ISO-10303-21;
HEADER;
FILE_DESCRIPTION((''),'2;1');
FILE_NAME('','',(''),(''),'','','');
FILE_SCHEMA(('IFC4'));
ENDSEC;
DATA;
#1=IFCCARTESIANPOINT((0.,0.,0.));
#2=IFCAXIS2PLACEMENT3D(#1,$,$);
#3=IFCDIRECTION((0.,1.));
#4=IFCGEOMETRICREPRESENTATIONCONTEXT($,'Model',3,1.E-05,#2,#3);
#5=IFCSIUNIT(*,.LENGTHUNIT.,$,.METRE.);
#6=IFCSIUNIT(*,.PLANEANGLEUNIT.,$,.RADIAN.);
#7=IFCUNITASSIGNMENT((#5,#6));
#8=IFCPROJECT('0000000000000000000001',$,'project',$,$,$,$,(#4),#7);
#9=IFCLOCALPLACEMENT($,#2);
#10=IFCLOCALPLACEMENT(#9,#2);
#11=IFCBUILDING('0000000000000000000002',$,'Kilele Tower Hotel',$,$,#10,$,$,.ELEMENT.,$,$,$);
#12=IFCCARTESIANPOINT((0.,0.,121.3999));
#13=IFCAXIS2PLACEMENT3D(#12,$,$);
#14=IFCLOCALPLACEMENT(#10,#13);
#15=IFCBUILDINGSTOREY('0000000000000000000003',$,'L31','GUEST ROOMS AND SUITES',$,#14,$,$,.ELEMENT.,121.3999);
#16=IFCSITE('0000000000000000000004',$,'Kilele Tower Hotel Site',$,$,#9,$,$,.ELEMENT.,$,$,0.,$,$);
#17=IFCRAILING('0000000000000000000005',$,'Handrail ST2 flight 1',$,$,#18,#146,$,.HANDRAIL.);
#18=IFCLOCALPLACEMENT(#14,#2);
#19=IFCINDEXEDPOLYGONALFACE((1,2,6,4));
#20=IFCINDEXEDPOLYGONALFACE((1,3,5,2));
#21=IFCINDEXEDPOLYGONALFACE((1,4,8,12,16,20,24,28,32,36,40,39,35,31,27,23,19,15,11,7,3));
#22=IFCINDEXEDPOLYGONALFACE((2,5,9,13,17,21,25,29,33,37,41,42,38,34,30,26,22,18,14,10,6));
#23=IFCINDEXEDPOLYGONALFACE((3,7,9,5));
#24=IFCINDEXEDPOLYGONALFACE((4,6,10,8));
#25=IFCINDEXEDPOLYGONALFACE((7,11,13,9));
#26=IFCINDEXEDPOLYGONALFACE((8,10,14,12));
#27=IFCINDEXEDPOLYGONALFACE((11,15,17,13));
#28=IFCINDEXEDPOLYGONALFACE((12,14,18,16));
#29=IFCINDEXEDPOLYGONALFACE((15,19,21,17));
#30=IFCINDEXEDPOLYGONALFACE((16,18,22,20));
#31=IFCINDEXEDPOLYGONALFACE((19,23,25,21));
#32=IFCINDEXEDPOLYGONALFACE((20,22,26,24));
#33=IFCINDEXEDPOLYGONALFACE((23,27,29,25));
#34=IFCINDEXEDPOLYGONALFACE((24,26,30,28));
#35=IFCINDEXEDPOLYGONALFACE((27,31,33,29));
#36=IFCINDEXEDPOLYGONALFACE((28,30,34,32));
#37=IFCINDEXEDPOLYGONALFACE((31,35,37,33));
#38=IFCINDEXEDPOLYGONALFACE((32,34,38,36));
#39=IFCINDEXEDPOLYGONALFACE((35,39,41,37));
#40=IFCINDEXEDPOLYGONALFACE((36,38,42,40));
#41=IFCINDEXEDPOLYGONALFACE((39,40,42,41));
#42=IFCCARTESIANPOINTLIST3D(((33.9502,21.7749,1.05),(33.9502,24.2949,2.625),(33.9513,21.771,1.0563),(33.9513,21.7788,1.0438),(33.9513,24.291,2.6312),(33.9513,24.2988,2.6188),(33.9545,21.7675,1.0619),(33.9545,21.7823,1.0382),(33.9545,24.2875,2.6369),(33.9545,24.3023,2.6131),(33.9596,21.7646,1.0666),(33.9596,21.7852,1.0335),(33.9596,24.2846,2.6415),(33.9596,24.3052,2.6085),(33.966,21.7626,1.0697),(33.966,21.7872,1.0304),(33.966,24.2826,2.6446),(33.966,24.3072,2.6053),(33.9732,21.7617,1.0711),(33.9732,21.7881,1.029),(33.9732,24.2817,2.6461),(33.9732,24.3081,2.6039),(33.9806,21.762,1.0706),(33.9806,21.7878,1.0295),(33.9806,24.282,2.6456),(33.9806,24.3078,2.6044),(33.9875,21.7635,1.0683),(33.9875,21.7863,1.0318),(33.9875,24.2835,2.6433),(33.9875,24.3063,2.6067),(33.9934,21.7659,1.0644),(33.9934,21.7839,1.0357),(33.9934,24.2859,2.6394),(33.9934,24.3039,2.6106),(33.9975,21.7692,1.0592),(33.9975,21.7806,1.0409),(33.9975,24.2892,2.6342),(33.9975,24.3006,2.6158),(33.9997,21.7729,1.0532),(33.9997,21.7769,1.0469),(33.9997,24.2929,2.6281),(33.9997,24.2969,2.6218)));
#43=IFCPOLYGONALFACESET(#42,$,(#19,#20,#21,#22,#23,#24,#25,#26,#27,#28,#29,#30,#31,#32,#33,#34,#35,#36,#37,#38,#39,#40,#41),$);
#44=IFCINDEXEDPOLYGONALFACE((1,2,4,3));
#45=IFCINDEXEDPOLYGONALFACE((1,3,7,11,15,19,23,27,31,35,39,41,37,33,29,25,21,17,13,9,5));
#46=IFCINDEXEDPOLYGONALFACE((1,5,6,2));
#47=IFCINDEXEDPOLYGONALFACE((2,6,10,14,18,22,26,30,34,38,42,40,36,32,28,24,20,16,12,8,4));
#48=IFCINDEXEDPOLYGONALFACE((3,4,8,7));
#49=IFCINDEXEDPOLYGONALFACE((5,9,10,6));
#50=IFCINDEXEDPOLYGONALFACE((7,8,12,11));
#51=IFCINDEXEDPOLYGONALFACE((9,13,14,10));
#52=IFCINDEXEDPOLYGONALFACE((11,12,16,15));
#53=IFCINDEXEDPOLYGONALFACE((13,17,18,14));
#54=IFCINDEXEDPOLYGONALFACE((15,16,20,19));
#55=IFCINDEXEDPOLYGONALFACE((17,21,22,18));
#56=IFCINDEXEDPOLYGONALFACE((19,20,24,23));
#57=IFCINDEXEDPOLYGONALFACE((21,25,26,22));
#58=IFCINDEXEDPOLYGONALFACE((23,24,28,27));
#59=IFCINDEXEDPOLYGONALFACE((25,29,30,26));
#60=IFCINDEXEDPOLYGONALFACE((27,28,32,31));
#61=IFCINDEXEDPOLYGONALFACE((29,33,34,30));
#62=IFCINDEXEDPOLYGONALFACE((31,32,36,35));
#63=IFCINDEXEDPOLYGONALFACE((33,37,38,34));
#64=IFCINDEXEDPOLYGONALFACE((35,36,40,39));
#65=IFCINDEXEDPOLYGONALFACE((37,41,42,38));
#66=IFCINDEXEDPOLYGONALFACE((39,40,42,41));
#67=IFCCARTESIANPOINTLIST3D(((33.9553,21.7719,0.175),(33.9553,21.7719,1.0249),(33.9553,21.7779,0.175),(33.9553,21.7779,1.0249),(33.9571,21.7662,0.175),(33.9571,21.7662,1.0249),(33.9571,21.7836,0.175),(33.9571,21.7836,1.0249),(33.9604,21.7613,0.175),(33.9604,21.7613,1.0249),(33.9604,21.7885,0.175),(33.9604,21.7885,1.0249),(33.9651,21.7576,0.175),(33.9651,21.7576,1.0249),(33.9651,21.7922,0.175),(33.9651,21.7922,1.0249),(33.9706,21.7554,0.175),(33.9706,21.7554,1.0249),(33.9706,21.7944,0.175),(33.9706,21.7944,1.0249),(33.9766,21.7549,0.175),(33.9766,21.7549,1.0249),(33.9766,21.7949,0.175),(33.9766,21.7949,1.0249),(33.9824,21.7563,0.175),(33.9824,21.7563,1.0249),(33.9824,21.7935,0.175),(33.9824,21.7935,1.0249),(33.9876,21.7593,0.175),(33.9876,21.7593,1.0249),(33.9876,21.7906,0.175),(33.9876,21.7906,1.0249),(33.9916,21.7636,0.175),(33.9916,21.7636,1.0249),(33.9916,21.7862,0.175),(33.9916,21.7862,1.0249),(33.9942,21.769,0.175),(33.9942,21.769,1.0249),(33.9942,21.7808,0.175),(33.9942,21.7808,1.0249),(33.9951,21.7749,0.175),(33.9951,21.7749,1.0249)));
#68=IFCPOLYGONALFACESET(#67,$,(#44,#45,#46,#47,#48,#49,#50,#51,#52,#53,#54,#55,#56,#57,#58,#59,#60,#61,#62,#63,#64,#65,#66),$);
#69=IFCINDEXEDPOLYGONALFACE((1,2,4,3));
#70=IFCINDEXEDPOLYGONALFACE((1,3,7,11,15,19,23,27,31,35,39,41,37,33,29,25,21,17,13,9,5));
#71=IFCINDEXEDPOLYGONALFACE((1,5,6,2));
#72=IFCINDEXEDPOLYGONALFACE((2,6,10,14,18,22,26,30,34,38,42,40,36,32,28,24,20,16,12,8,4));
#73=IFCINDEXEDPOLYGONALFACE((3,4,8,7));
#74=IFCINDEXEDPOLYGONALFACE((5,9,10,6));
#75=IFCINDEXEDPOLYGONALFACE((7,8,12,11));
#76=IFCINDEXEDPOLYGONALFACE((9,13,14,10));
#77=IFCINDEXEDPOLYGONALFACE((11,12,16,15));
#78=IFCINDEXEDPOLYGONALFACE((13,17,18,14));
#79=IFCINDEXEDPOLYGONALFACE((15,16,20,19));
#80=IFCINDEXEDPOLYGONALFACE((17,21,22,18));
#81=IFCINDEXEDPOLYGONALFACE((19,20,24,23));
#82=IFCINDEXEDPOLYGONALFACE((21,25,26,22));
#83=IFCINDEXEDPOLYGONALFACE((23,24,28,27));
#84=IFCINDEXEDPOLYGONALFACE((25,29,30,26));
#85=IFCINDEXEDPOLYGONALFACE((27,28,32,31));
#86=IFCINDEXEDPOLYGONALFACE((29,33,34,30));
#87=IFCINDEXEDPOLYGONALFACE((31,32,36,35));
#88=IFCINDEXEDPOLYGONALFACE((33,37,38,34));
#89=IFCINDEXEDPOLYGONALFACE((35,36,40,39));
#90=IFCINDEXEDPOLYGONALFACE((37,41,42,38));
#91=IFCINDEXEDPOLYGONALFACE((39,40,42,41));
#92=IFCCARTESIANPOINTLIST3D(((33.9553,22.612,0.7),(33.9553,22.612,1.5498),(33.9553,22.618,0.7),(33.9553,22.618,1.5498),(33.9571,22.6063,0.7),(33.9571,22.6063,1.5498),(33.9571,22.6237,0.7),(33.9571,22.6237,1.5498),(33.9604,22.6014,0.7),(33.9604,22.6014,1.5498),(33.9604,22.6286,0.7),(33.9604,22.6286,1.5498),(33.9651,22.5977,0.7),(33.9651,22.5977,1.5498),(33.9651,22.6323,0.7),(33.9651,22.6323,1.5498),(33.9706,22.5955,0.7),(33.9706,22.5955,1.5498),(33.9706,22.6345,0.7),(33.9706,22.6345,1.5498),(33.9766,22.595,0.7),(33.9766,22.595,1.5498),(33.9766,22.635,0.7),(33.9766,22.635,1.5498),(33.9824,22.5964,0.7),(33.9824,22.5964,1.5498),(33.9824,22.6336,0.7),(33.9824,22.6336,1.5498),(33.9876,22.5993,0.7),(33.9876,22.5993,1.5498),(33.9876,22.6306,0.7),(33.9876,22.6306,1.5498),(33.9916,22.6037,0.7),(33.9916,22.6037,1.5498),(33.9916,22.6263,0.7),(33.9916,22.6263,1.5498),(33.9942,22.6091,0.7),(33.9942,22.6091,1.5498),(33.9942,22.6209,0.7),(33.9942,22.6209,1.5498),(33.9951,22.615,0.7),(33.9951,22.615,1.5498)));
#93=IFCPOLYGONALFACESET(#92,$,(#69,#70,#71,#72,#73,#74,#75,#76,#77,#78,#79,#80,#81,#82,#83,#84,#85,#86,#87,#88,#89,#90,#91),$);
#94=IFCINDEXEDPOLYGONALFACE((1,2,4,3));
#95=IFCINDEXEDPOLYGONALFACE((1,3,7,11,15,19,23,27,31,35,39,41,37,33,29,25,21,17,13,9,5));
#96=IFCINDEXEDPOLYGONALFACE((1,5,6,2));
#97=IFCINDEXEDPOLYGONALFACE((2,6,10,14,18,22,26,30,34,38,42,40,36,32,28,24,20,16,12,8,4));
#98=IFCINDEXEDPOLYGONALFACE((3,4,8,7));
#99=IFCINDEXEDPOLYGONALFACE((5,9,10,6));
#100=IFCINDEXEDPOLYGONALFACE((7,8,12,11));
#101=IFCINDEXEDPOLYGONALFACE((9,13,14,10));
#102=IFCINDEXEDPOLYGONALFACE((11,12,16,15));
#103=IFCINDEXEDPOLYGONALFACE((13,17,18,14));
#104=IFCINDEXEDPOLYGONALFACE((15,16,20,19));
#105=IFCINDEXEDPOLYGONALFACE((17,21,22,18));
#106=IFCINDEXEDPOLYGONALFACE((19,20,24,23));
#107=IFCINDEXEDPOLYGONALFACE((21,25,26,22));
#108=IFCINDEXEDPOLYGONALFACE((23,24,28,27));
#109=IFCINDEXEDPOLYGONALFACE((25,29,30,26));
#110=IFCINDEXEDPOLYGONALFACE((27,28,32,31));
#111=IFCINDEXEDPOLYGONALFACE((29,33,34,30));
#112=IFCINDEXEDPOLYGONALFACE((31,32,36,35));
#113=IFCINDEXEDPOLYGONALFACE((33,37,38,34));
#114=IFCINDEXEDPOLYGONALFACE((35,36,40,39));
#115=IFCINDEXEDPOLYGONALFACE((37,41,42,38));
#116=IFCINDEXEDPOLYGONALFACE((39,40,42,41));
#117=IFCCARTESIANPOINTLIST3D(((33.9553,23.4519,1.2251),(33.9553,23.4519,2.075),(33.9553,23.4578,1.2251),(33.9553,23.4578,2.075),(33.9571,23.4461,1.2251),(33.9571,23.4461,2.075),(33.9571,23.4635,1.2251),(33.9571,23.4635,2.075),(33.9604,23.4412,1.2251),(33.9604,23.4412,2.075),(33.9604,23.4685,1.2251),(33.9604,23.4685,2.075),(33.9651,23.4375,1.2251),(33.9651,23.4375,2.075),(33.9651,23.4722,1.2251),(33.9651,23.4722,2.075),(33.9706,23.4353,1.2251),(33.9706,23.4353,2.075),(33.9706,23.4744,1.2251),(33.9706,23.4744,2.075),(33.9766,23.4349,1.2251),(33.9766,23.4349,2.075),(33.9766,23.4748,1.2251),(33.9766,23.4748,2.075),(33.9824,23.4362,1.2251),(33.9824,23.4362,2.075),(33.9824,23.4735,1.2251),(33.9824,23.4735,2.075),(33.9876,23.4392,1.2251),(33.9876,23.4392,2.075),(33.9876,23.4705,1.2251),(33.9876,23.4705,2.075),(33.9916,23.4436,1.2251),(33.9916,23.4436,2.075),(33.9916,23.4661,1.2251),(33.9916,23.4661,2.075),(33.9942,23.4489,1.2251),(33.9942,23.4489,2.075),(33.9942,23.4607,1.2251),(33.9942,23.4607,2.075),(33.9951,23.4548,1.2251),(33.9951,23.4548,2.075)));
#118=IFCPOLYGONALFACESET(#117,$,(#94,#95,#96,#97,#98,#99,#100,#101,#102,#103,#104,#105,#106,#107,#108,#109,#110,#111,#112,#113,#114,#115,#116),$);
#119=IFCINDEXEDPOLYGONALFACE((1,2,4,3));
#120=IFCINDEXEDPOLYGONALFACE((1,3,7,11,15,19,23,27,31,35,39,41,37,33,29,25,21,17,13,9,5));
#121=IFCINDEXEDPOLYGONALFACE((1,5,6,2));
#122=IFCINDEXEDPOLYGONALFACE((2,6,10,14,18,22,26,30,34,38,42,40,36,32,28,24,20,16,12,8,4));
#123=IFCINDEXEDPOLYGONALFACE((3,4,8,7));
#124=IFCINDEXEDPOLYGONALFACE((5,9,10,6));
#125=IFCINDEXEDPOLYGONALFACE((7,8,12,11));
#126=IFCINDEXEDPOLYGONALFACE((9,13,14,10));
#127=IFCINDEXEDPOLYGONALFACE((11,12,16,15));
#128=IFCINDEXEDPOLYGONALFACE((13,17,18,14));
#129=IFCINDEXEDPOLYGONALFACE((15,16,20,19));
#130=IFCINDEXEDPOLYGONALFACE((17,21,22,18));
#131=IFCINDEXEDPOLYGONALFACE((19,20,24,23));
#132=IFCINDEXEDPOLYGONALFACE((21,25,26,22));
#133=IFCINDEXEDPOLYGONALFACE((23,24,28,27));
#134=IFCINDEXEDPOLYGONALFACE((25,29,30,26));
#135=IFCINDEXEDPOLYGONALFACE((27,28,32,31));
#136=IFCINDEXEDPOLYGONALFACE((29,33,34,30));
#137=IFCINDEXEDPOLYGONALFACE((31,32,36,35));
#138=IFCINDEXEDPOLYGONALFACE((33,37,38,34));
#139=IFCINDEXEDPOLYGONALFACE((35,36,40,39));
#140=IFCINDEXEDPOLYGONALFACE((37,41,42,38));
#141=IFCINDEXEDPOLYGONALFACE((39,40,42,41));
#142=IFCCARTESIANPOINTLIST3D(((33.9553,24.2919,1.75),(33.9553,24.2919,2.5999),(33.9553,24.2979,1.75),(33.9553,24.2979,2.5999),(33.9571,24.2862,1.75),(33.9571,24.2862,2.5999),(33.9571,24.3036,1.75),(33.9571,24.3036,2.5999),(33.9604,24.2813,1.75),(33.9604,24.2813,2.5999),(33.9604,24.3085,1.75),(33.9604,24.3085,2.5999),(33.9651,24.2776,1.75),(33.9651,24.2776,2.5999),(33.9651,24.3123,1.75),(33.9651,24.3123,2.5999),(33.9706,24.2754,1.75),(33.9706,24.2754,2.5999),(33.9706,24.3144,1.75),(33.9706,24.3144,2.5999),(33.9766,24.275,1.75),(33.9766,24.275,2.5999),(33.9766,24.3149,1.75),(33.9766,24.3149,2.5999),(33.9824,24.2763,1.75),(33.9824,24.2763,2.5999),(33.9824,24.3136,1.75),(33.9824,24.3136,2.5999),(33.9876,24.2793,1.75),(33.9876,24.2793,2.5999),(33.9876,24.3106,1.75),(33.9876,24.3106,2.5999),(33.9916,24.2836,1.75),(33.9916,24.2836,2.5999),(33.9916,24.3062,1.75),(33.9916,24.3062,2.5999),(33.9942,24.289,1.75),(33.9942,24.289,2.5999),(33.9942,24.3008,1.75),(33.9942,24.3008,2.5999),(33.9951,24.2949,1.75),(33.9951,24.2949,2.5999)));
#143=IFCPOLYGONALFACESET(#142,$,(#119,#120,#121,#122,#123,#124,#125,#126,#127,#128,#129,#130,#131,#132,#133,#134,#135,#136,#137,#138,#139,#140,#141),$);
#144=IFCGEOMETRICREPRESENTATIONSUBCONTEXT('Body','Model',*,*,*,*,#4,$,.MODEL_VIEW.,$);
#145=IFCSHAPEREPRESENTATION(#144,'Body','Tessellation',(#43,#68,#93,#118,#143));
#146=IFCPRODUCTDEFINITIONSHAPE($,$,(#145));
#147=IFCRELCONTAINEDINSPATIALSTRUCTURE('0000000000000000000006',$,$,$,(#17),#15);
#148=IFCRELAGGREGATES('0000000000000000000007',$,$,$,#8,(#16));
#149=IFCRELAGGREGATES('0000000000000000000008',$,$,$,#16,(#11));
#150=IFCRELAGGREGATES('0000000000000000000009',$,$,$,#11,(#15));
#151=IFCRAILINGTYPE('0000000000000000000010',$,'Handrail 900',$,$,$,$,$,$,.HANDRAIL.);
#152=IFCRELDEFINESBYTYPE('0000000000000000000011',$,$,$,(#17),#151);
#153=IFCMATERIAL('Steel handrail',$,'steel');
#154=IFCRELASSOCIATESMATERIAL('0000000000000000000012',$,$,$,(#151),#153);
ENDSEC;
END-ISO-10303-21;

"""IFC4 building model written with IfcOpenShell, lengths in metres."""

from ifc_helpers import new_model, si_unit, direction, frame, origin, origin_2d, place, context, subcontext, project, spatial, circle, extrude, material, type_object, element, save


model = new_model("IFC4")

# Units and contexts
model_context = context("Model", 3, precision=1e-05, world=origin(), true_north=direction((0.0, 1.0)))
body_context = subcontext(model_context, "Body", "Model", "MODEL_VIEW")
ifc_project = project(units=[si_unit("LENGTHUNIT", "METRE"), si_unit("PLANEANGLEUNIT", "RADIAN")], contexts=[model_context])

# Site, building, storey
site_placement = place(None, origin())
site = spatial("IfcSite", under=ifc_project, at=site_placement, Name="Kilele Tower Hotel Site", CompositionType="ELEMENT", RefElevation=0.0)
building_placement = place(site_placement, origin())
building = spatial("IfcBuilding", under=site, at=building_placement, Name="Kilele Tower Hotel", CompositionType="ELEMENT")
storey_placement = place(building_placement, frame((0.0, 0.0, 121.3999)))
storey = spatial("IfcBuildingStorey", under=building, at=storey_placement, Name="L31", Description="GUEST ROOMS AND SUITES", CompositionType="ELEMENT", Elevation=121.3999)

# Railing
ifc_material_1 = material(Name="Steel handrail", Category="steel")
railing_type_1 = type_object("IfcRailingType", Name="Handrail 900", PredefinedType="HANDRAIL", material=ifc_material_1)
for number, where, name in (
    (1, (33.9751, 21.7749, 0.175), "Handrail ST2 flight 1"),
):
    element("IfcRailing", number, at=place(storey_placement, frame(where)), inside=storey, type_object=railing_type_1, Name=name, PredefinedType="HANDRAIL", context=body_context, shape_type="SweptSolid", body=[
        extrude(circle(Radius=0.0249, at=origin_2d()), frame((0.0, 0.0, 0.875), z_axis=(0.0, 0.848008, 0.529984), x_axis=(-1.0, 0.0, 0.0)), (0.0, 0.0, 1.0), 2.9717),
        extrude(circle(Radius=0.02, at=origin_2d()), origin(), (0.0, 0.0, 1.0), 0.8499),
        extrude(circle(Radius=0.02, at=origin_2d()), frame((0.0, 0.8401, 0.5249)), (0.0, 0.0, 1.0), 0.8499),
        extrude(circle(Radius=0.02, at=origin_2d()), frame((0.0, 1.6799, 1.05)), (0.0, 0.0, 1.0), 0.8499),
        extrude(circle(Radius=0.02, at=origin_2d()), frame((0.0, 2.52, 1.575)), (0.0, 0.0, 1.0), 0.8499),
    ])

save(model, "model.ifc")
